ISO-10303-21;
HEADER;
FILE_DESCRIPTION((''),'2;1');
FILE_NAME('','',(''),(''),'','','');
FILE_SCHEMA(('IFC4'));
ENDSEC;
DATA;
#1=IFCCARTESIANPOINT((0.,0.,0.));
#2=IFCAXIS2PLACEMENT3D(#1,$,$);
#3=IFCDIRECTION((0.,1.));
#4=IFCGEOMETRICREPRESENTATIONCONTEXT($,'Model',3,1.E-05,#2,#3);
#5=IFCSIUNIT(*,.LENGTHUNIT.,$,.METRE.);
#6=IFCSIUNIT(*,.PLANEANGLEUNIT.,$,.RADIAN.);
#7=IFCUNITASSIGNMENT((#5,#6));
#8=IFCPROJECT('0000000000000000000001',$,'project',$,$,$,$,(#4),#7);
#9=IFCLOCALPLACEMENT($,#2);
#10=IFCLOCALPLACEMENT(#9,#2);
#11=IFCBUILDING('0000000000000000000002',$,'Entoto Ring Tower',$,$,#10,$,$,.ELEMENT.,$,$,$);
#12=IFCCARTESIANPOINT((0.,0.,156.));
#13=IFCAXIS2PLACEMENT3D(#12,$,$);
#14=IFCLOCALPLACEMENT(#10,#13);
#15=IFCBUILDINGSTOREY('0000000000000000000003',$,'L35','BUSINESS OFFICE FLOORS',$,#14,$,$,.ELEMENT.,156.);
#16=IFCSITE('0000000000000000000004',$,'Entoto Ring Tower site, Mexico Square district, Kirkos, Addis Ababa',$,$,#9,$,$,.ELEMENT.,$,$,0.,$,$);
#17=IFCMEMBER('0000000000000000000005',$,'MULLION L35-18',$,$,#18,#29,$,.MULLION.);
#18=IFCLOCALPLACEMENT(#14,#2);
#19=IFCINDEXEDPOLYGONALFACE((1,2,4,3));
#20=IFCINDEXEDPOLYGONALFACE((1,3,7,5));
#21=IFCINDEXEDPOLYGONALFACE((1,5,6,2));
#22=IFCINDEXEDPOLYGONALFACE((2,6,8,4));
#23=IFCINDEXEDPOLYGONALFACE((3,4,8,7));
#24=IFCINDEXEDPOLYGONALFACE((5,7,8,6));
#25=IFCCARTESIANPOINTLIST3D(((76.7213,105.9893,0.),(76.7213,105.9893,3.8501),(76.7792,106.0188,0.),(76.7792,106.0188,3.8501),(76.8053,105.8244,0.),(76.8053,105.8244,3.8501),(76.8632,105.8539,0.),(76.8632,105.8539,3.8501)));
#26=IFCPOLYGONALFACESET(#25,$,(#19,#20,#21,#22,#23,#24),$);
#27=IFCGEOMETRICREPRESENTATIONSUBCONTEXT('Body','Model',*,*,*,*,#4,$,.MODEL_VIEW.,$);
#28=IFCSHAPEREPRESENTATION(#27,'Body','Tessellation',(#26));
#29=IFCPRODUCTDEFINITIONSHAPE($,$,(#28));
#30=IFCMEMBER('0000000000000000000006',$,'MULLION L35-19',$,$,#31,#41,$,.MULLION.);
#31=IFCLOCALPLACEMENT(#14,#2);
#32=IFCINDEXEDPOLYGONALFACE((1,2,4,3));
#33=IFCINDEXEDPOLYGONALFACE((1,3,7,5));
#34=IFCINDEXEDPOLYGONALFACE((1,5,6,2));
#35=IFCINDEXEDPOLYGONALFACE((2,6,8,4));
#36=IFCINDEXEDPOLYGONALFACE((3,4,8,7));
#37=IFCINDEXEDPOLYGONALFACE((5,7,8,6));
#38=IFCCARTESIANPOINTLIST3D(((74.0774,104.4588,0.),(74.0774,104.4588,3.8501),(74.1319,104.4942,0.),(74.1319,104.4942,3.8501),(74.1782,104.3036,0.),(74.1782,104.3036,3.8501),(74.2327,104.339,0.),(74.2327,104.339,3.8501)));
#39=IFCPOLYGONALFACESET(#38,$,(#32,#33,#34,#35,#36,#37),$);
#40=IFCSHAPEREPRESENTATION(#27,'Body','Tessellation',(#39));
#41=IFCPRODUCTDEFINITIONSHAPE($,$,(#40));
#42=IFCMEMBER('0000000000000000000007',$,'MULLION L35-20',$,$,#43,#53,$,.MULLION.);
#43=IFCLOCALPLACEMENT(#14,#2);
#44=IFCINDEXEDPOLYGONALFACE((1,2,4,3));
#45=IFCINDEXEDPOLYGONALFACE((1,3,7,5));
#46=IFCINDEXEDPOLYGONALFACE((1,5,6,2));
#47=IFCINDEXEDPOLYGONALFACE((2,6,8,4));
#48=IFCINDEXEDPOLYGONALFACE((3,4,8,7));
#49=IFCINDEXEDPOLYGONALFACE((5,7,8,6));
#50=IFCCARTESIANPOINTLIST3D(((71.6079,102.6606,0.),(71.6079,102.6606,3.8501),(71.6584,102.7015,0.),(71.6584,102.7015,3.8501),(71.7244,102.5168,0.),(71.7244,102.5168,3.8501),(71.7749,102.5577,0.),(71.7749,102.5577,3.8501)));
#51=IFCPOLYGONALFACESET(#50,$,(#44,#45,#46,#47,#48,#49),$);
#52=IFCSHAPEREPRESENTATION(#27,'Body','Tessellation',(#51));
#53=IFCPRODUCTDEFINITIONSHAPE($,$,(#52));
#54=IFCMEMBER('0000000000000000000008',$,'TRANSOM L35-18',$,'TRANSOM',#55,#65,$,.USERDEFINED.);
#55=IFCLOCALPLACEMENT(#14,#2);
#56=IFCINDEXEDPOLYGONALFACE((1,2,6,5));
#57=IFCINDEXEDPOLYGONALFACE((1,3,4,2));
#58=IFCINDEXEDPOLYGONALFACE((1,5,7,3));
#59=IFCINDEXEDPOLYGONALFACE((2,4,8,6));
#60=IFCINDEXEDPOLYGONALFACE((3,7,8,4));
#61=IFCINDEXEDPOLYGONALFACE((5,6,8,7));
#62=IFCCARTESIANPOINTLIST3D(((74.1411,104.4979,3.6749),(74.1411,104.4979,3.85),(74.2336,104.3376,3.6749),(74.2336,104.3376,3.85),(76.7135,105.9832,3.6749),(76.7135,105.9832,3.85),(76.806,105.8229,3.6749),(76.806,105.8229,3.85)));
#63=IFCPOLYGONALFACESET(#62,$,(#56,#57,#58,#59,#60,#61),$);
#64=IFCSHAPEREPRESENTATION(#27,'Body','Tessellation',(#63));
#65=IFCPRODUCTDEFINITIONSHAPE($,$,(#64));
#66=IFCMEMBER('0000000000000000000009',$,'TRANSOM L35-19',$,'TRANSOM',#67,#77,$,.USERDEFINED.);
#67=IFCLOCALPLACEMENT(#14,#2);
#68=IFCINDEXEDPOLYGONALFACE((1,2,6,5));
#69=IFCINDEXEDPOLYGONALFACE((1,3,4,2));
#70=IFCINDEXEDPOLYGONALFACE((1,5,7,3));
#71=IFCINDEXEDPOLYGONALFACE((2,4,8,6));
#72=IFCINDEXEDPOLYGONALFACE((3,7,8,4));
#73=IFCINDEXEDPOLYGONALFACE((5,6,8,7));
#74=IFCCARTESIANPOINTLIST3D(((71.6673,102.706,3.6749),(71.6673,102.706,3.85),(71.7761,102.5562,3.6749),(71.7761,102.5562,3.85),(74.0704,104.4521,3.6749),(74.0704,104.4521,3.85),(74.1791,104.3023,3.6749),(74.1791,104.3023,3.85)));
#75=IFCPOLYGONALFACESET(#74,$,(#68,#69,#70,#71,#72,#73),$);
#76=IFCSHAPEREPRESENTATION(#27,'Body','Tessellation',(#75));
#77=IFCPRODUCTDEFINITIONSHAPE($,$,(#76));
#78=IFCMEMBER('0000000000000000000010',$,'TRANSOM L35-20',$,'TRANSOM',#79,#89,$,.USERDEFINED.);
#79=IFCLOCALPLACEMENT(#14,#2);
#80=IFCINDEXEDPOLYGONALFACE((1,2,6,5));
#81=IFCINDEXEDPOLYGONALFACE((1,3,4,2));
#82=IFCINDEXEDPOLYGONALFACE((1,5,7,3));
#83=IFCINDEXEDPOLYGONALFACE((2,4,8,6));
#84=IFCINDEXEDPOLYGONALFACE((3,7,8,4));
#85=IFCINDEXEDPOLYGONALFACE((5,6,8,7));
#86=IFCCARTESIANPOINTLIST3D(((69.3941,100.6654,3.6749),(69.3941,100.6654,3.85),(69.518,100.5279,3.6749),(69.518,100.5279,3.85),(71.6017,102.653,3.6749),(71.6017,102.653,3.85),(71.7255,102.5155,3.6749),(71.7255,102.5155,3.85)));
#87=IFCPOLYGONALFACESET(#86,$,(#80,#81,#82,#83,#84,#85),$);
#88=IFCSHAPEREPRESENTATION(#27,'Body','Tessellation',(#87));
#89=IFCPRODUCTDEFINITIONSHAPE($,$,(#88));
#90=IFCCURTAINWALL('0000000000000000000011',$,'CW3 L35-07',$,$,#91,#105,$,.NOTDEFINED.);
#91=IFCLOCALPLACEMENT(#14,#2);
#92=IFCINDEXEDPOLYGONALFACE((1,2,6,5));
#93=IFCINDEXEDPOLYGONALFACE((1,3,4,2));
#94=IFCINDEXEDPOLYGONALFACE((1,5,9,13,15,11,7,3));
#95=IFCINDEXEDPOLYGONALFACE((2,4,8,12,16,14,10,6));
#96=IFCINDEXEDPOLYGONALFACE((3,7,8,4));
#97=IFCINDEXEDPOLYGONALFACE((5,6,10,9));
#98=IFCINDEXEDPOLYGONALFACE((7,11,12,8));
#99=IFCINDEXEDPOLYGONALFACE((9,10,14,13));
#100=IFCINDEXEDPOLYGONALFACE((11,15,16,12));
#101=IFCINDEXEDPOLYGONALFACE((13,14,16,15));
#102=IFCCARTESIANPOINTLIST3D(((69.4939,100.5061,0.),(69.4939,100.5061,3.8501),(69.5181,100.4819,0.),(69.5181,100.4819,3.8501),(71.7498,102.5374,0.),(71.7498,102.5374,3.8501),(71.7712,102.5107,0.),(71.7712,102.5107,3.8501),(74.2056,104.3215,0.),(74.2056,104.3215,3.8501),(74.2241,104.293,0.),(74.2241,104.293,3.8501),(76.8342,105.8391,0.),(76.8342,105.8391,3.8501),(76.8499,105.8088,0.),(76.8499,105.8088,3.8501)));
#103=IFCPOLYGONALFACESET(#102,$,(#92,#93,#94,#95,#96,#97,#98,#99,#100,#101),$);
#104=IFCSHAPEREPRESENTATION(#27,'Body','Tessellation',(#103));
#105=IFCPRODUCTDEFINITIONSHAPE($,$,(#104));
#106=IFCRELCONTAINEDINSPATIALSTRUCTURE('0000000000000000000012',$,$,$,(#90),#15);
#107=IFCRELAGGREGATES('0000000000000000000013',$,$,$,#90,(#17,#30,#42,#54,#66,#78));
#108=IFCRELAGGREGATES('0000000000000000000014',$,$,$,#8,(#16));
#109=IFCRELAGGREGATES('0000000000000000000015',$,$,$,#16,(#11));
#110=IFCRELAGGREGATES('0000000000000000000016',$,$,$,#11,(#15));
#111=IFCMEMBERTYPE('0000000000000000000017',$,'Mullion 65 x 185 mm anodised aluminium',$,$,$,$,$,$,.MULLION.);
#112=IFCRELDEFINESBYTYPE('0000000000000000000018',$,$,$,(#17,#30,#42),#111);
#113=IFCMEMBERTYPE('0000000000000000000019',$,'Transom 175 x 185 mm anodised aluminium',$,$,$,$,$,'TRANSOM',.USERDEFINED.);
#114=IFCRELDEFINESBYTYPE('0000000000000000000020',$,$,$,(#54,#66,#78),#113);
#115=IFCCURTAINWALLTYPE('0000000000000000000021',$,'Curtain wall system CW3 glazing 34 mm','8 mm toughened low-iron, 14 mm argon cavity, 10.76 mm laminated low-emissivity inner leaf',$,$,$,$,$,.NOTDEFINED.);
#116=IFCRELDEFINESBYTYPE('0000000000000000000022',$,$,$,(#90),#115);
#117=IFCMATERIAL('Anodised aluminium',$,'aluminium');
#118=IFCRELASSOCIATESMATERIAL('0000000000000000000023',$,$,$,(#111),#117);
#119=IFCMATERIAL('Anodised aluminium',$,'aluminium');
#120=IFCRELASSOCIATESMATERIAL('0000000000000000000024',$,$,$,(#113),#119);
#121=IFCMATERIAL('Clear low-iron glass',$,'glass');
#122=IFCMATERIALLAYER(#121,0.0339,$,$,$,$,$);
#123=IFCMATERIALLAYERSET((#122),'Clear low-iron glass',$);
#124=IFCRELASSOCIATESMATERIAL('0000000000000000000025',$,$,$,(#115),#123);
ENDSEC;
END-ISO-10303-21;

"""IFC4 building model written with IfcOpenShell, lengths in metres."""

from ifc_helpers import new_model, si_unit, direction, frame, origin, origin_2d, place, context, subcontext, project, spatial, polyline, rectangle, outline, extrude, material, layer, layer_set, material_profile, profile_set, type_object, element, aggregate, save


model = new_model("IFC4")

# Units and contexts
model_context = context("Model", 3, precision=1e-05, world=origin(), true_north=direction((0.0, 1.0)))
body_context = subcontext(model_context, "Body", "Model", "MODEL_VIEW")
ifc_project = project(units=[si_unit("LENGTHUNIT", "METRE"), si_unit("PLANEANGLEUNIT", "RADIAN")], contexts=[model_context])

# Members
ifc_material_1 = material(Name="Anodised aluminium", Category="aluminium")
ifc_material_profile_1 = material_profile(ifc_material_1, rectangle(XDim=0.0649, YDim=0.1851, at=origin_2d()), Name="Mullion 65 x 185 mm anodised aluminium")
ifc_profile_set_1 = profile_set([ifc_material_profile_1], Name="Anodised aluminium")
member_type_1 = type_object("IfcMemberType", Name="Mullion 65 x 185 mm anodised aluminium", PredefinedType="MULLION", material=ifc_profile_set_1)
site_placement = place(None, origin())
building_placement = place(site_placement, origin())
storey_placement = place(building_placement, frame((0.0, 0.0, 156.0)))
member_1_placement = place(storey_placement, frame((76.7922, 105.9216, 0.0), z_axis=(0.0, 0.0, 1.0), x_axis=(-0.891007, -0.45399, 0.0)))
member_1 = element("IfcMember", 1, at=member_1_placement, type_object=member_type_1, Name="MULLION L35-18", PredefinedType="MULLION", context=body_context, shape_type="SweptSolid", body=[
    extrude(rectangle(XDim=0.0649, YDim=0.1851, at=origin_2d()), origin(), (0.0, 0.0, 1.0), 3.8501),
])
member_2_placement = place(storey_placement, frame((74.155, 104.3989, 0.0), z_axis=(0.0, 0.0, 1.0), x_axis=(-0.838671, -0.544639, 0.0)))
member_2 = element("IfcMember", 2, at=member_2_placement, type_object=member_type_1, Name="MULLION L35-19", PredefinedType="MULLION", context=body_context, shape_type="SweptSolid", body=[
    extrude(rectangle(XDim=0.0649, YDim=0.1851, at=origin_2d()), origin(), (0.0, 0.0, 1.0), 3.8501),
])
member_3_placement = place(storey_placement, frame((71.6914, 102.6091, 0.0), z_axis=(0.0, 0.0, 1.0), x_axis=(-0.777146, -0.62932, 0.0)))
member_3 = element("IfcMember", 3, at=member_3_placement, type_object=member_type_1, Name="MULLION L35-20", PredefinedType="MULLION", context=body_context, shape_type="SweptSolid", body=[
    extrude(rectangle(XDim=0.0649, YDim=0.1851, at=origin_2d()), origin(), (0.0, 0.0, 1.0), 3.8501),
])
ifc_material_2 = material(Name="Anodised aluminium", Category="aluminium")
ifc_material_profile_2 = material_profile(ifc_material_2, rectangle(XDim=0.1851, YDim=0.175, at=origin_2d()), Name="Transom 175 x 185 mm anodised aluminium")
ifc_profile_set_2 = profile_set([ifc_material_profile_2], Name="Anodised aluminium")
member_type_2 = type_object("IfcMemberType", Name="Transom 175 x 185 mm anodised aluminium", ElementType="TRANSOM", PredefinedType="USERDEFINED", material=ifc_profile_set_2)
member_4_placement = place(storey_placement, frame((76.7598, 105.9031, 3.7625), z_axis=(-0.866009, -0.500028, 0.0), x_axis=(0.500028, -0.866009, 0.0)))
member_4 = element("IfcMember", 4, at=member_4_placement, type_object=member_type_2, Name="TRANSOM L35-18", ObjectType="TRANSOM", PredefinedType="USERDEFINED", context=body_context, shape_type="SweptSolid", body=[
    extrude(rectangle(XDim=0.1851, YDim=0.175, at=origin_2d()), origin(), (0.0, 0.0, 1.0), 2.9705),
])
member_5_placement = place(storey_placement, frame((74.1248, 104.3772, 3.7625), z_axis=(-0.808992, -0.58782, 0.0), x_axis=(0.58782, -0.808992, 0.0)))
member_5 = element("IfcMember", 5, at=member_5_placement, type_object=member_type_2, Name="TRANSOM L35-19", ObjectType="TRANSOM", PredefinedType="USERDEFINED", context=body_context, shape_type="SweptSolid", body=[
    extrude(rectangle(XDim=0.1851, YDim=0.175, at=origin_2d()), origin(), (0.0, 0.0, 1.0), 2.9705),
])
member_6_placement = place(storey_placement, frame((71.6636, 102.5842, 3.7625), z_axis=(-0.743163, -0.66911, 0.0), x_axis=(0.66911, -0.743163, 0.0)))
member_6 = element("IfcMember", 6, at=member_6_placement, type_object=member_type_2, Name="TRANSOM L35-20", ObjectType="TRANSOM", PredefinedType="USERDEFINED", context=body_context, shape_type="SweptSolid", body=[
    extrude(rectangle(XDim=0.1851, YDim=0.175, at=origin_2d()), origin(), (0.0, 0.0, 1.0), 2.9705),
])

# Site, building, storey
site = spatial("IfcSite", under=ifc_project, at=site_placement, Name="Entoto Ring Tower site, Mexico Square district, Kirkos, Addis Ababa", CompositionType="ELEMENT", RefElevation=0.0)
building = spatial("IfcBuilding", under=site, at=building_placement, Name="Entoto Ring Tower", CompositionType="ELEMENT")
storey = spatial("IfcBuildingStorey", under=building, at=storey_placement, Name="L35", Description="BUSINESS OFFICE FLOORS", CompositionType="ELEMENT", Elevation=156.0)

# Curtain wall
ifc_material_3 = material(Name="Clear low-iron glass", Category="glass")
ifc_layer = layer(ifc_material_3, 0.0339)
ifc_layer_set = layer_set([ifc_layer], Name="Clear low-iron glass")
curtain_wall_type = type_object("IfcCurtainWallType", Name="Curtain wall system CW3 glazing 34 mm", Description="8 mm toughened low-iron, 14 mm argon cavity, 10.76 mm laminated low-emissivity inner leaf", PredefinedType="NOTDEFINED", material=ifc_layer_set)
curtain_wall_1_placement = place(storey_placement, origin())
curtain_wall_1 = element("IfcCurtainWall", 7, at=curtain_wall_1_placement, inside=storey, type_object=curtain_wall_type, Name="CW3 L35-07", PredefinedType="NOTDEFINED", context=body_context, shape_type="SweptSolid", body=[
    extrude(outline(polyline([(76.8342, 105.8391), (74.2056, 104.3215), (71.7498, 102.5374), (69.4939, 100.5061), (69.5181, 100.4819), (71.7712, 102.5107), (74.2241, 104.293), (76.8499, 105.8088), (76.8342, 105.8391)])), origin(), (0.0, 0.0, 1.0), 3.8501),
])
aggregate(curtain_wall_1, [member_1, member_2, member_3, member_4, member_5, member_6])

save(model, "model.ifc")
